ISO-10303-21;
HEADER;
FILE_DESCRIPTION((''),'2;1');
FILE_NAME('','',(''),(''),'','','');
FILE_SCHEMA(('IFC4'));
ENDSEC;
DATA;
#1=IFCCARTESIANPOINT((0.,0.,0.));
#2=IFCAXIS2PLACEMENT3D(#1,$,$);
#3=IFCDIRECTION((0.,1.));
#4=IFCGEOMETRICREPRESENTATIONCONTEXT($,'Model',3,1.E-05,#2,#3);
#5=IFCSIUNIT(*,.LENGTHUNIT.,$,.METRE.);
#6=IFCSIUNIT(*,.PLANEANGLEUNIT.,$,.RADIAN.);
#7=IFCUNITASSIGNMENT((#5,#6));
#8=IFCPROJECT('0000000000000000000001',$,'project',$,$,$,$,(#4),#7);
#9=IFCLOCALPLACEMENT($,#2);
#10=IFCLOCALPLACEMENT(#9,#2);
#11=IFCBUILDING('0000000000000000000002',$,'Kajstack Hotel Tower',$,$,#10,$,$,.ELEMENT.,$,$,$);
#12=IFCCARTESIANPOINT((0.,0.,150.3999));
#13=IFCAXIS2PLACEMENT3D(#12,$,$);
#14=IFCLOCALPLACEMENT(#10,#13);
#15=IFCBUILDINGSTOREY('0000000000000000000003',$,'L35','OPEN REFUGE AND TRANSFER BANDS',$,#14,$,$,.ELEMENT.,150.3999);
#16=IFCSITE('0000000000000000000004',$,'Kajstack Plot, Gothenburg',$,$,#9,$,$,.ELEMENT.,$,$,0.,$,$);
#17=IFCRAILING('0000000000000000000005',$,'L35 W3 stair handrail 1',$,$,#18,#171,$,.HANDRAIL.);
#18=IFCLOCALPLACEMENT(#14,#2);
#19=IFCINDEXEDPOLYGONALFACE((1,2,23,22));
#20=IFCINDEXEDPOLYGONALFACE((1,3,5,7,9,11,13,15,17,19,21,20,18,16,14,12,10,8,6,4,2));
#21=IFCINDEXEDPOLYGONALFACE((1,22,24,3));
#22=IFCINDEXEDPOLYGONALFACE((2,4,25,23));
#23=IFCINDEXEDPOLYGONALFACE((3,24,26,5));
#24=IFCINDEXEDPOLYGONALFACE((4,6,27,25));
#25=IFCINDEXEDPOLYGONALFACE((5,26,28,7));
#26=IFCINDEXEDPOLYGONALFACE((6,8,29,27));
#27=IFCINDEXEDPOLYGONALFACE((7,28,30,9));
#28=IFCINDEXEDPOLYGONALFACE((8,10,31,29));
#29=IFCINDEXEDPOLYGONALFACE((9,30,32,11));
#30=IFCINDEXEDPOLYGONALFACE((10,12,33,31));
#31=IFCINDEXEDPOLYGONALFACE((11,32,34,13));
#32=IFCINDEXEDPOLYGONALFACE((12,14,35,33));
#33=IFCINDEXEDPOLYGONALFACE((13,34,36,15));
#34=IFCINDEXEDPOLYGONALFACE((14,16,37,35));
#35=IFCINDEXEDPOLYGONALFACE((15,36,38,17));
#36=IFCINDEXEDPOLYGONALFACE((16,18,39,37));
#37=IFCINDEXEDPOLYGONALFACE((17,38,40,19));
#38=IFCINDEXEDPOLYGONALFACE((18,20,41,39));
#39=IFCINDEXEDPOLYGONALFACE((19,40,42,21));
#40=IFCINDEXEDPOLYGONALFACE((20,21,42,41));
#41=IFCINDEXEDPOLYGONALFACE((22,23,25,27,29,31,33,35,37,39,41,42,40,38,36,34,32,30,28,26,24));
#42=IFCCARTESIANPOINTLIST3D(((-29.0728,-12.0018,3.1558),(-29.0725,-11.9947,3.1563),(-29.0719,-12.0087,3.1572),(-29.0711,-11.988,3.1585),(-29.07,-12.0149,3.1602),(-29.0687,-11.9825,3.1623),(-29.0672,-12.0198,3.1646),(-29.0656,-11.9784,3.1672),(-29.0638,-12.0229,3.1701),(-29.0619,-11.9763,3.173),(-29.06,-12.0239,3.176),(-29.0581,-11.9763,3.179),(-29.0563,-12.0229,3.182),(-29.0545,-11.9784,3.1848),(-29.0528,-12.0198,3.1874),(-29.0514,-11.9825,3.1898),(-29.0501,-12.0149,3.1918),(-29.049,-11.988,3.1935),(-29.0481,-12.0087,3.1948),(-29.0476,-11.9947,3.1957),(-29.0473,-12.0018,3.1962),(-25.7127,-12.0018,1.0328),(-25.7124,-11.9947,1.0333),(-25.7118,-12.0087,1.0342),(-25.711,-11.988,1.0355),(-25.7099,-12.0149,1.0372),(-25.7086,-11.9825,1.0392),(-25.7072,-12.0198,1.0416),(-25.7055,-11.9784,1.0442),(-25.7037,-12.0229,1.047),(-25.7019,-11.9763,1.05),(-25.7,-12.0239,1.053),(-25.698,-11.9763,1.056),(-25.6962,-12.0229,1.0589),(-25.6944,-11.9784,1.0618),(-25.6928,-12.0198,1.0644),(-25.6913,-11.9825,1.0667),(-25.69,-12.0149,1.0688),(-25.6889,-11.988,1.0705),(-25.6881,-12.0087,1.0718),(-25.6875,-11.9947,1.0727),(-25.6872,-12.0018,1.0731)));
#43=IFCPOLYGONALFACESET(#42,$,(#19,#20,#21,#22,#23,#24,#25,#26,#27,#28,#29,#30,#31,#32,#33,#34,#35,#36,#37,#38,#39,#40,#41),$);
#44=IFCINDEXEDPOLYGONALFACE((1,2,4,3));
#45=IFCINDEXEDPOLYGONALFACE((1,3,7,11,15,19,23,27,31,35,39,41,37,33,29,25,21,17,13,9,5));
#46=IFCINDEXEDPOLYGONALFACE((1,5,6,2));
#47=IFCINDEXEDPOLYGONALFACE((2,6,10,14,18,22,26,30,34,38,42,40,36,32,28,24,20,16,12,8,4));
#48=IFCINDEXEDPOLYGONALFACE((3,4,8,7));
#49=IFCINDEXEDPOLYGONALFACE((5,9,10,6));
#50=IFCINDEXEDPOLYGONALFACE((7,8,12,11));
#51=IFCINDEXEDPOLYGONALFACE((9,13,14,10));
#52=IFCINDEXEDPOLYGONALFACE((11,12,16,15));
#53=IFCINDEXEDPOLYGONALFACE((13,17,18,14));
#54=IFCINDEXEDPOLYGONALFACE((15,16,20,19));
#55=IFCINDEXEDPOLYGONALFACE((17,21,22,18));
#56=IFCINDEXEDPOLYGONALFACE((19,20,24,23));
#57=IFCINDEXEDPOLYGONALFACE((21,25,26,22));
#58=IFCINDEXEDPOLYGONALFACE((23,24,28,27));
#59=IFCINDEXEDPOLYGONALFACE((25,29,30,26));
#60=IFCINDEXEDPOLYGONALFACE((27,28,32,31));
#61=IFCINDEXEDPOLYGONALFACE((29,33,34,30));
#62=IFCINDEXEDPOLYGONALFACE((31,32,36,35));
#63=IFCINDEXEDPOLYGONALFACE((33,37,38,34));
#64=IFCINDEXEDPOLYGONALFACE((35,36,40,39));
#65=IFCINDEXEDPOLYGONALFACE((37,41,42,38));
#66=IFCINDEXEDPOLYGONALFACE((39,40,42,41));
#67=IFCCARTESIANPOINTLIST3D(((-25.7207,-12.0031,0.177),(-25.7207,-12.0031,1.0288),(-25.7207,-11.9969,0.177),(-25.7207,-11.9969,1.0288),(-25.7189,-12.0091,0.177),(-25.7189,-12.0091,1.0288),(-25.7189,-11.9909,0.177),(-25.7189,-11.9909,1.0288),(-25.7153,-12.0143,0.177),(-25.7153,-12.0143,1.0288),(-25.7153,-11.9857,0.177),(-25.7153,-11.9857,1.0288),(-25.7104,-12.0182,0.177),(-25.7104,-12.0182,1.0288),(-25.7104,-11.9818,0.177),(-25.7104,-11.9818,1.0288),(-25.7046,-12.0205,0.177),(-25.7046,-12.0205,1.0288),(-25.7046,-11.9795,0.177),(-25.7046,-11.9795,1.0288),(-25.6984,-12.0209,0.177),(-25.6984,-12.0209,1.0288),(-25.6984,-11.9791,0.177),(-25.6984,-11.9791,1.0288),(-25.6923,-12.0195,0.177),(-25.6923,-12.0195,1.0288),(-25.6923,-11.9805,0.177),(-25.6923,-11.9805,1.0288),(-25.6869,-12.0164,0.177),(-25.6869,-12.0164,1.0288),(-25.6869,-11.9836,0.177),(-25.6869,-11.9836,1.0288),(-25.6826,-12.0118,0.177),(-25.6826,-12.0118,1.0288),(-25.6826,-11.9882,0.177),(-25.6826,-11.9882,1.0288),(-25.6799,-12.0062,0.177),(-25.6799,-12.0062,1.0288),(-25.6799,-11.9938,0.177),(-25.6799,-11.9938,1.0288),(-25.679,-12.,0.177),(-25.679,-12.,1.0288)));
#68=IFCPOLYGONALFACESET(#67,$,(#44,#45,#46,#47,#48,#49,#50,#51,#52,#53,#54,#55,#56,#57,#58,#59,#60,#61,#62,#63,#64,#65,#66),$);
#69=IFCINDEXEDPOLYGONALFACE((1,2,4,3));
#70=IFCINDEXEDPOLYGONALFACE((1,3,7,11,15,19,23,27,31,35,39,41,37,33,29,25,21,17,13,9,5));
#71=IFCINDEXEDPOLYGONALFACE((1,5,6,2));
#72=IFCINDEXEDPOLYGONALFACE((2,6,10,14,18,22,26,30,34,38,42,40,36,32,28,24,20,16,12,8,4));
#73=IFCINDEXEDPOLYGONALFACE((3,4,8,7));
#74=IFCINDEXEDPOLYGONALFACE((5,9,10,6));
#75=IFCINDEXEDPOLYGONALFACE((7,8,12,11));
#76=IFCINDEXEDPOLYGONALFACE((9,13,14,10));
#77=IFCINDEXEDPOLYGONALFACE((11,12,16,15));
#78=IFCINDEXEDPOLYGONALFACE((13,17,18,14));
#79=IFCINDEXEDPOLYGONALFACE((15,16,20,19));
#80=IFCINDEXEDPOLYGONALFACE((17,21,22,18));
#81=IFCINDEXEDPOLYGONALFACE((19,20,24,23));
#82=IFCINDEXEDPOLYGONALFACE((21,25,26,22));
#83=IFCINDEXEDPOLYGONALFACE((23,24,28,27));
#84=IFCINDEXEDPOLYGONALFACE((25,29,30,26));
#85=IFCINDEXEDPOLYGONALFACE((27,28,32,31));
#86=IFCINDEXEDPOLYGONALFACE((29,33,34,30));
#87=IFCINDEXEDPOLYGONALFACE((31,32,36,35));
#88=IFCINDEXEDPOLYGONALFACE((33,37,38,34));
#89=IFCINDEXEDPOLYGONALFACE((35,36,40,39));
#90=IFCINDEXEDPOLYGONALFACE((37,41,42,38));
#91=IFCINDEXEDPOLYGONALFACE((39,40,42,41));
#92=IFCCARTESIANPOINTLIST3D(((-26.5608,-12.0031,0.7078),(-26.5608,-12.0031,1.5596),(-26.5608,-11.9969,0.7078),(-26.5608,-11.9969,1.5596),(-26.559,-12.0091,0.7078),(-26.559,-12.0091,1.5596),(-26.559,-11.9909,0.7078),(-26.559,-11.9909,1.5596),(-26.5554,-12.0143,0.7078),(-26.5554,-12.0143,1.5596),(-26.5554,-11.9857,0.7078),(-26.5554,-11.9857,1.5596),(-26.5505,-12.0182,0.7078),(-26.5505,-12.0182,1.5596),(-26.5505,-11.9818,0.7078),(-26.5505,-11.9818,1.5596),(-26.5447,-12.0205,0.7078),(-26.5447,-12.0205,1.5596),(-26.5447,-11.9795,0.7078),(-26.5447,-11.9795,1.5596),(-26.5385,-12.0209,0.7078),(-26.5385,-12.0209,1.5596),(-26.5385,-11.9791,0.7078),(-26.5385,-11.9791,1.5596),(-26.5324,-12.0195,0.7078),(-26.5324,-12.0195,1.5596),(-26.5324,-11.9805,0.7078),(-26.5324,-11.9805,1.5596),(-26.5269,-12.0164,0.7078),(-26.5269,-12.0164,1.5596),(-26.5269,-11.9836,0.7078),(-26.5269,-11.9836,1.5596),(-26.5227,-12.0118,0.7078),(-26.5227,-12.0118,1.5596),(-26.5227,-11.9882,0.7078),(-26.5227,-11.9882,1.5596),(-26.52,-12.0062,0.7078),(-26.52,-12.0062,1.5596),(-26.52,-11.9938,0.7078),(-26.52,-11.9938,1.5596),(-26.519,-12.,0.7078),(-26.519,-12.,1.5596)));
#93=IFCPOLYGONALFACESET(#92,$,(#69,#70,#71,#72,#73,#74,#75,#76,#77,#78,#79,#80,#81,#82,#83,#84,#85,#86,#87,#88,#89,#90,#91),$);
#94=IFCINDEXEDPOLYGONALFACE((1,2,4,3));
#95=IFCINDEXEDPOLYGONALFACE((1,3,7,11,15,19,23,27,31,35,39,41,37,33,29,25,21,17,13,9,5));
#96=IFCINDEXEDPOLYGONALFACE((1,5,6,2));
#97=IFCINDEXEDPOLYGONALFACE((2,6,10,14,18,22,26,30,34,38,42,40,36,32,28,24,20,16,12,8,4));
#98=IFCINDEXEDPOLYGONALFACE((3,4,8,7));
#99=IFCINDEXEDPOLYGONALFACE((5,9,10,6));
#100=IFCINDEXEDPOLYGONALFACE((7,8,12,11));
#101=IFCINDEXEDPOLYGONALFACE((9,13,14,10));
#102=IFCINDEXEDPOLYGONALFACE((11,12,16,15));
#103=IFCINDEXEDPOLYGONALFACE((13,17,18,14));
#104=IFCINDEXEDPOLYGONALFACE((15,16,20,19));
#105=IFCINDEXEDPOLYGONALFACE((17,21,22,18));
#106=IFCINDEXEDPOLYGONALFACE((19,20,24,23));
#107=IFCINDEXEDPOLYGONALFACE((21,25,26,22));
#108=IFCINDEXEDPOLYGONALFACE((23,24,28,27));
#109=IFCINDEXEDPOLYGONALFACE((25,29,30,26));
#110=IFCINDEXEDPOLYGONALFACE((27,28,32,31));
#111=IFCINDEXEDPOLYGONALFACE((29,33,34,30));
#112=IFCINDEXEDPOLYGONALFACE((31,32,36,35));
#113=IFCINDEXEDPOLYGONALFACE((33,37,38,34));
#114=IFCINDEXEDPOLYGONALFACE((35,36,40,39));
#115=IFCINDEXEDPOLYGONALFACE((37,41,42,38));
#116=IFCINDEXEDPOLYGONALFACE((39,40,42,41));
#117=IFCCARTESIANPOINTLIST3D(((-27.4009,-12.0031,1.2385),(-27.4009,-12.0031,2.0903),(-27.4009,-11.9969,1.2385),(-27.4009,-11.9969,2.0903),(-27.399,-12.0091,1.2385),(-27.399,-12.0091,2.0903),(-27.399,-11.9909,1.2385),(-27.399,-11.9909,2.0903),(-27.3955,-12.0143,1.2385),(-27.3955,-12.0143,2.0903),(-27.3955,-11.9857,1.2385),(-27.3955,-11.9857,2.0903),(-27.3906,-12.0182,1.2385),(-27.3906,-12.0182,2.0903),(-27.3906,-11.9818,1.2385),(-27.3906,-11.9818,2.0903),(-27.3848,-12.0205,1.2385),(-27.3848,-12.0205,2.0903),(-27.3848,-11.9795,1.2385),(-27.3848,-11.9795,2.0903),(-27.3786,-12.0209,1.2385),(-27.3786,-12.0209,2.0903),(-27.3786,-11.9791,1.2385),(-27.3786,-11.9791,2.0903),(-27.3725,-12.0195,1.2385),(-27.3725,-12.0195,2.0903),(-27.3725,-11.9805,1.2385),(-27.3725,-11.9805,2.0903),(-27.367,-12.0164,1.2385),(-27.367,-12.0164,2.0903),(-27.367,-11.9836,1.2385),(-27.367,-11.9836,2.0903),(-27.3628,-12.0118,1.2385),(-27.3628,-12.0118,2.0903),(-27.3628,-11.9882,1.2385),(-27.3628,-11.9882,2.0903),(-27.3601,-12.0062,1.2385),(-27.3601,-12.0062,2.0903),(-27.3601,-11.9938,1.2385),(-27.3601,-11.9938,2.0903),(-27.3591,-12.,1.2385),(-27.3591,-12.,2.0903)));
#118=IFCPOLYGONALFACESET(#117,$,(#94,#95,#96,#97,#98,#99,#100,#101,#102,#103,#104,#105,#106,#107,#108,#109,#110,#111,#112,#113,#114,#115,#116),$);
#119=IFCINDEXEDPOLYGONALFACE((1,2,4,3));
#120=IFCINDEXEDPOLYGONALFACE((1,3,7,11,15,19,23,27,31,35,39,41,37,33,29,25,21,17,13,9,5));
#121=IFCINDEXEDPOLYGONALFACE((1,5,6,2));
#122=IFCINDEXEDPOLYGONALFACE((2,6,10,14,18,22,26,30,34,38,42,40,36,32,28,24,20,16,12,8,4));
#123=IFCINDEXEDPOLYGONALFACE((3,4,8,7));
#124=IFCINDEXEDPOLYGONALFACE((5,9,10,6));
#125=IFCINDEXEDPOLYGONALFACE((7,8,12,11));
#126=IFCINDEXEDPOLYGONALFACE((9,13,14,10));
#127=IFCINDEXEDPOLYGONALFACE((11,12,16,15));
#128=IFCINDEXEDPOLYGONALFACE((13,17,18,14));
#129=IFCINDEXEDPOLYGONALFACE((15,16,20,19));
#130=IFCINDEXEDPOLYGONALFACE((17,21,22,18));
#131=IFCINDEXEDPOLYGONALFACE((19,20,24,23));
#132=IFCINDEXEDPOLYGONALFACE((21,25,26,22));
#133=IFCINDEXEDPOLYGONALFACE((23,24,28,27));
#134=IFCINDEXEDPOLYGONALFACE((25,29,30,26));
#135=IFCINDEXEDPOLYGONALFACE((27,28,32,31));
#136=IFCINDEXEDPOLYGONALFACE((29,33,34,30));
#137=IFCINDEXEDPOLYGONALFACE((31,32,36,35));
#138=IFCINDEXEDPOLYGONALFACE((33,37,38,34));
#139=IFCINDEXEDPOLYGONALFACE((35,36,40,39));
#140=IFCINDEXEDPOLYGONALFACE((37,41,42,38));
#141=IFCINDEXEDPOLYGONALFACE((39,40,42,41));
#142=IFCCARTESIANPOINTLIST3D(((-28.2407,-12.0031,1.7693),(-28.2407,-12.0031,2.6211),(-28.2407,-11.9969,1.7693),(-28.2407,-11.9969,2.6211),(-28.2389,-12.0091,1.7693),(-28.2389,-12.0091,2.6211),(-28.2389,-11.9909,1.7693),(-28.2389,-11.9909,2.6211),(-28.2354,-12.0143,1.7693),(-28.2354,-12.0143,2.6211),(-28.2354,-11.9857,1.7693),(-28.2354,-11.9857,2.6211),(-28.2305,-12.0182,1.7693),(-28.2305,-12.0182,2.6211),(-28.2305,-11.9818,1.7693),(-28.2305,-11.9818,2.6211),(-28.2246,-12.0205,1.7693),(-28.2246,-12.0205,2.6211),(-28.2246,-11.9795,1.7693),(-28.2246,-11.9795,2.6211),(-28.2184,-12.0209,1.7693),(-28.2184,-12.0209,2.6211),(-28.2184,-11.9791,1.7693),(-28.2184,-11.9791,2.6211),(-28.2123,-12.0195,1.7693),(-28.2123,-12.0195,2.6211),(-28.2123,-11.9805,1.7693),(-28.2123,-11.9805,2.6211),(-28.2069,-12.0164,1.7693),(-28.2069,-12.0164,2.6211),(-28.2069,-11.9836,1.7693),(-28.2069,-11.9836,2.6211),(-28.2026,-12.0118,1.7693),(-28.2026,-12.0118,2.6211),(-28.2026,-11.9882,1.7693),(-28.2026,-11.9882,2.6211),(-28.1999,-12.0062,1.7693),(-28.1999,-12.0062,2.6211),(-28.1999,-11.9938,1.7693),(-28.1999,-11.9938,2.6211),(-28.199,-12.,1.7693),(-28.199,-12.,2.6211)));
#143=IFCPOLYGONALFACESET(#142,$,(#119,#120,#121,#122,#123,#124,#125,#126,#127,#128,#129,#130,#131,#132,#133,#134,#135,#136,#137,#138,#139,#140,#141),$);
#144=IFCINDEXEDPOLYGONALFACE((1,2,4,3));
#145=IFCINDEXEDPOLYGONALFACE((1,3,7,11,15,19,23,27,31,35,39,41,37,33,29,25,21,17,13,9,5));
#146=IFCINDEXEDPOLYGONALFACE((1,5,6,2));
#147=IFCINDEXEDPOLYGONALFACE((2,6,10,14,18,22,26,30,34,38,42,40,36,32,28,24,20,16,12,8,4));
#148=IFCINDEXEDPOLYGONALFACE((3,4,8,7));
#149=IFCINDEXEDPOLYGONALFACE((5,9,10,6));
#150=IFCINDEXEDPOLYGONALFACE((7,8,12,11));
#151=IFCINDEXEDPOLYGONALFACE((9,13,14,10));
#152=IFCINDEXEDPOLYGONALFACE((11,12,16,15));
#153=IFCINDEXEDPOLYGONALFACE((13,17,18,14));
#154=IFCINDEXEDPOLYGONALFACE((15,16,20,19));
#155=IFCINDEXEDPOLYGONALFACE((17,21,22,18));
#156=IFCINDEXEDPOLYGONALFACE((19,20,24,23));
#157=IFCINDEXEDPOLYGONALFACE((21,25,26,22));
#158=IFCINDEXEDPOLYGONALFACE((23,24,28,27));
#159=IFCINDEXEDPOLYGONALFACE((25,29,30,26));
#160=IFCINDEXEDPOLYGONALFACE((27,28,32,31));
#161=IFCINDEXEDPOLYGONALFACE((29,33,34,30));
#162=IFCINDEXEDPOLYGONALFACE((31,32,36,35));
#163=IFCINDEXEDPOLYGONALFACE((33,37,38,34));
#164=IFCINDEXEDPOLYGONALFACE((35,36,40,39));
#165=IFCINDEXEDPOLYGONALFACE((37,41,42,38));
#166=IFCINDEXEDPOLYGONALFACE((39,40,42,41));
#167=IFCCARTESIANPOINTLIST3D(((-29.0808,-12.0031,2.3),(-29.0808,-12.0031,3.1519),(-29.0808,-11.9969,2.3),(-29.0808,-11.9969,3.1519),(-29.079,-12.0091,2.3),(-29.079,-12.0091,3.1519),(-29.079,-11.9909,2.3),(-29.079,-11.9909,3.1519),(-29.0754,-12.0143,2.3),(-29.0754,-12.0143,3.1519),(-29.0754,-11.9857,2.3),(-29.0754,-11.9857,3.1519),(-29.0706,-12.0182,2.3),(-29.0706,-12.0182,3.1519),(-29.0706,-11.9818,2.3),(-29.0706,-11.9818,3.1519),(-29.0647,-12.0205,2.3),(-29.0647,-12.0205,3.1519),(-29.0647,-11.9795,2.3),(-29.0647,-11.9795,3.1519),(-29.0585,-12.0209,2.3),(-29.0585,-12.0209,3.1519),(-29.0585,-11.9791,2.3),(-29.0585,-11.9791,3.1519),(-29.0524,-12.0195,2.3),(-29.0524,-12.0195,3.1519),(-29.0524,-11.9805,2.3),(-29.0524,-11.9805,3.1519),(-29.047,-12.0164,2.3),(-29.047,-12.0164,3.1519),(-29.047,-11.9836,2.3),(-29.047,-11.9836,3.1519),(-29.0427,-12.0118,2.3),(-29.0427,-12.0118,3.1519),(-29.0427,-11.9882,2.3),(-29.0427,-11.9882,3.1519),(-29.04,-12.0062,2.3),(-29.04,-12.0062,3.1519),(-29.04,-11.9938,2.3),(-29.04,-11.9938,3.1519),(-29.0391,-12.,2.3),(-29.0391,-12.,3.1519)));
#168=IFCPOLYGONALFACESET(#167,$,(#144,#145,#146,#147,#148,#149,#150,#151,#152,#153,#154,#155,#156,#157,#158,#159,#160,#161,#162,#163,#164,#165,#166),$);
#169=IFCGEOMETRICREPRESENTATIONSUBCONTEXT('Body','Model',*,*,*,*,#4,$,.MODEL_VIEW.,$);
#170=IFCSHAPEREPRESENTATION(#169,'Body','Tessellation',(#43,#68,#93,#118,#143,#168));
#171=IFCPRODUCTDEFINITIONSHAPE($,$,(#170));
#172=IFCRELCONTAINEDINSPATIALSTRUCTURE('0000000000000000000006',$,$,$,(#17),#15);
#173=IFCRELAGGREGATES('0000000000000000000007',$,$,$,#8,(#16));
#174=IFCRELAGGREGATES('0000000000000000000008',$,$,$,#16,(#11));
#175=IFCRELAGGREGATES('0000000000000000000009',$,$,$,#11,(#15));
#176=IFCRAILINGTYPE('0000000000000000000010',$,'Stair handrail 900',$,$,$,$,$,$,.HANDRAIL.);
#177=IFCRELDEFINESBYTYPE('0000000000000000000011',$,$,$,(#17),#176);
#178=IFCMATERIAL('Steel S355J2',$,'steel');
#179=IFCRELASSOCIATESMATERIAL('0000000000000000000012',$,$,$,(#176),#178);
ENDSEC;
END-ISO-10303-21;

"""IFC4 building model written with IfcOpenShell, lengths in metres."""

from ifc_helpers import new_model, si_unit, direction, frame, origin, origin_2d, place, context, subcontext, project, spatial, circle, extrude, material, type_object, element, save


model = new_model("IFC4")

# Units and contexts
model_context = context("Model", 3, precision=1e-05, world=origin(), true_north=direction((0.0, 1.0)))
body_context = subcontext(model_context, "Body", "Model", "MODEL_VIEW")
ifc_project = project(units=[si_unit("LENGTHUNIT", "METRE"), si_unit("PLANEANGLEUNIT", "RADIAN")], contexts=[model_context])

# Site, building, storey
site_placement = place(None, origin())
site = spatial("IfcSite", under=ifc_project, at=site_placement, Name="Kajstack Plot, Gothenburg", CompositionType="ELEMENT", RefElevation=0.0)
building_placement = place(site_placement, origin())
building = spatial("IfcBuilding", under=site, at=building_placement, Name="Kajstack Hotel Tower", CompositionType="ELEMENT")
storey_placement = place(building_placement, frame((0.0, 0.0, 150.3999)))
storey = spatial("IfcBuildingStorey", under=building, at=storey_placement, Name="L35", Description="OPEN REFUGE AND TRANSFER BANDS", CompositionType="ELEMENT", Elevation=150.3999)

# Railing
ifc_material_1 = material(Name="Steel S355J2", Category="steel")
railing_type_1 = type_object("IfcRailingType", Name="Stair handrail 900", PredefinedType="HANDRAIL", material=ifc_material_1)
railing_1_placement = place(storey_placement, frame((-25.7, -12.0, 0.177)))
element("IfcRailing", 1, at=railing_1_placement, inside=storey, type_object=railing_type_1, Name="L35 W3 stair handrail 1", PredefinedType="HANDRAIL", context=body_context, shape_type="SweptSolid", body=[
    extrude(circle(Radius=0.0239, at=origin_2d()), frame((0.0, 0.0, 0.876), z_axis=(-0.84539, 0.0, 0.53415), x_axis=(0.0, -1.0, 0.0)), (0.0, 0.0, 1.0), 3.9746),
    extrude(circle(Radius=0.021, at=origin_2d()), origin(), (0.0, 0.0, 1.0), 0.8518),
    extrude(circle(Radius=0.021, at=origin_2d()), frame((-0.8401, 0.0, 0.5308)), (0.0, 0.0, 1.0), 0.8518),
    extrude(circle(Radius=0.021, at=origin_2d()), frame((-1.6802, 0.0, 1.0615)), (0.0, 0.0, 1.0), 0.8518),
    extrude(circle(Radius=0.021, at=origin_2d()), frame((-2.52, 0.0, 1.5923)), (0.0, 0.0, 1.0), 0.8518),
    extrude(circle(Radius=0.021, at=origin_2d()), frame((-3.3601, 0.0, 2.123)), (0.0, 0.0, 1.0), 0.8518),
])

save(model, "model.ifc")
